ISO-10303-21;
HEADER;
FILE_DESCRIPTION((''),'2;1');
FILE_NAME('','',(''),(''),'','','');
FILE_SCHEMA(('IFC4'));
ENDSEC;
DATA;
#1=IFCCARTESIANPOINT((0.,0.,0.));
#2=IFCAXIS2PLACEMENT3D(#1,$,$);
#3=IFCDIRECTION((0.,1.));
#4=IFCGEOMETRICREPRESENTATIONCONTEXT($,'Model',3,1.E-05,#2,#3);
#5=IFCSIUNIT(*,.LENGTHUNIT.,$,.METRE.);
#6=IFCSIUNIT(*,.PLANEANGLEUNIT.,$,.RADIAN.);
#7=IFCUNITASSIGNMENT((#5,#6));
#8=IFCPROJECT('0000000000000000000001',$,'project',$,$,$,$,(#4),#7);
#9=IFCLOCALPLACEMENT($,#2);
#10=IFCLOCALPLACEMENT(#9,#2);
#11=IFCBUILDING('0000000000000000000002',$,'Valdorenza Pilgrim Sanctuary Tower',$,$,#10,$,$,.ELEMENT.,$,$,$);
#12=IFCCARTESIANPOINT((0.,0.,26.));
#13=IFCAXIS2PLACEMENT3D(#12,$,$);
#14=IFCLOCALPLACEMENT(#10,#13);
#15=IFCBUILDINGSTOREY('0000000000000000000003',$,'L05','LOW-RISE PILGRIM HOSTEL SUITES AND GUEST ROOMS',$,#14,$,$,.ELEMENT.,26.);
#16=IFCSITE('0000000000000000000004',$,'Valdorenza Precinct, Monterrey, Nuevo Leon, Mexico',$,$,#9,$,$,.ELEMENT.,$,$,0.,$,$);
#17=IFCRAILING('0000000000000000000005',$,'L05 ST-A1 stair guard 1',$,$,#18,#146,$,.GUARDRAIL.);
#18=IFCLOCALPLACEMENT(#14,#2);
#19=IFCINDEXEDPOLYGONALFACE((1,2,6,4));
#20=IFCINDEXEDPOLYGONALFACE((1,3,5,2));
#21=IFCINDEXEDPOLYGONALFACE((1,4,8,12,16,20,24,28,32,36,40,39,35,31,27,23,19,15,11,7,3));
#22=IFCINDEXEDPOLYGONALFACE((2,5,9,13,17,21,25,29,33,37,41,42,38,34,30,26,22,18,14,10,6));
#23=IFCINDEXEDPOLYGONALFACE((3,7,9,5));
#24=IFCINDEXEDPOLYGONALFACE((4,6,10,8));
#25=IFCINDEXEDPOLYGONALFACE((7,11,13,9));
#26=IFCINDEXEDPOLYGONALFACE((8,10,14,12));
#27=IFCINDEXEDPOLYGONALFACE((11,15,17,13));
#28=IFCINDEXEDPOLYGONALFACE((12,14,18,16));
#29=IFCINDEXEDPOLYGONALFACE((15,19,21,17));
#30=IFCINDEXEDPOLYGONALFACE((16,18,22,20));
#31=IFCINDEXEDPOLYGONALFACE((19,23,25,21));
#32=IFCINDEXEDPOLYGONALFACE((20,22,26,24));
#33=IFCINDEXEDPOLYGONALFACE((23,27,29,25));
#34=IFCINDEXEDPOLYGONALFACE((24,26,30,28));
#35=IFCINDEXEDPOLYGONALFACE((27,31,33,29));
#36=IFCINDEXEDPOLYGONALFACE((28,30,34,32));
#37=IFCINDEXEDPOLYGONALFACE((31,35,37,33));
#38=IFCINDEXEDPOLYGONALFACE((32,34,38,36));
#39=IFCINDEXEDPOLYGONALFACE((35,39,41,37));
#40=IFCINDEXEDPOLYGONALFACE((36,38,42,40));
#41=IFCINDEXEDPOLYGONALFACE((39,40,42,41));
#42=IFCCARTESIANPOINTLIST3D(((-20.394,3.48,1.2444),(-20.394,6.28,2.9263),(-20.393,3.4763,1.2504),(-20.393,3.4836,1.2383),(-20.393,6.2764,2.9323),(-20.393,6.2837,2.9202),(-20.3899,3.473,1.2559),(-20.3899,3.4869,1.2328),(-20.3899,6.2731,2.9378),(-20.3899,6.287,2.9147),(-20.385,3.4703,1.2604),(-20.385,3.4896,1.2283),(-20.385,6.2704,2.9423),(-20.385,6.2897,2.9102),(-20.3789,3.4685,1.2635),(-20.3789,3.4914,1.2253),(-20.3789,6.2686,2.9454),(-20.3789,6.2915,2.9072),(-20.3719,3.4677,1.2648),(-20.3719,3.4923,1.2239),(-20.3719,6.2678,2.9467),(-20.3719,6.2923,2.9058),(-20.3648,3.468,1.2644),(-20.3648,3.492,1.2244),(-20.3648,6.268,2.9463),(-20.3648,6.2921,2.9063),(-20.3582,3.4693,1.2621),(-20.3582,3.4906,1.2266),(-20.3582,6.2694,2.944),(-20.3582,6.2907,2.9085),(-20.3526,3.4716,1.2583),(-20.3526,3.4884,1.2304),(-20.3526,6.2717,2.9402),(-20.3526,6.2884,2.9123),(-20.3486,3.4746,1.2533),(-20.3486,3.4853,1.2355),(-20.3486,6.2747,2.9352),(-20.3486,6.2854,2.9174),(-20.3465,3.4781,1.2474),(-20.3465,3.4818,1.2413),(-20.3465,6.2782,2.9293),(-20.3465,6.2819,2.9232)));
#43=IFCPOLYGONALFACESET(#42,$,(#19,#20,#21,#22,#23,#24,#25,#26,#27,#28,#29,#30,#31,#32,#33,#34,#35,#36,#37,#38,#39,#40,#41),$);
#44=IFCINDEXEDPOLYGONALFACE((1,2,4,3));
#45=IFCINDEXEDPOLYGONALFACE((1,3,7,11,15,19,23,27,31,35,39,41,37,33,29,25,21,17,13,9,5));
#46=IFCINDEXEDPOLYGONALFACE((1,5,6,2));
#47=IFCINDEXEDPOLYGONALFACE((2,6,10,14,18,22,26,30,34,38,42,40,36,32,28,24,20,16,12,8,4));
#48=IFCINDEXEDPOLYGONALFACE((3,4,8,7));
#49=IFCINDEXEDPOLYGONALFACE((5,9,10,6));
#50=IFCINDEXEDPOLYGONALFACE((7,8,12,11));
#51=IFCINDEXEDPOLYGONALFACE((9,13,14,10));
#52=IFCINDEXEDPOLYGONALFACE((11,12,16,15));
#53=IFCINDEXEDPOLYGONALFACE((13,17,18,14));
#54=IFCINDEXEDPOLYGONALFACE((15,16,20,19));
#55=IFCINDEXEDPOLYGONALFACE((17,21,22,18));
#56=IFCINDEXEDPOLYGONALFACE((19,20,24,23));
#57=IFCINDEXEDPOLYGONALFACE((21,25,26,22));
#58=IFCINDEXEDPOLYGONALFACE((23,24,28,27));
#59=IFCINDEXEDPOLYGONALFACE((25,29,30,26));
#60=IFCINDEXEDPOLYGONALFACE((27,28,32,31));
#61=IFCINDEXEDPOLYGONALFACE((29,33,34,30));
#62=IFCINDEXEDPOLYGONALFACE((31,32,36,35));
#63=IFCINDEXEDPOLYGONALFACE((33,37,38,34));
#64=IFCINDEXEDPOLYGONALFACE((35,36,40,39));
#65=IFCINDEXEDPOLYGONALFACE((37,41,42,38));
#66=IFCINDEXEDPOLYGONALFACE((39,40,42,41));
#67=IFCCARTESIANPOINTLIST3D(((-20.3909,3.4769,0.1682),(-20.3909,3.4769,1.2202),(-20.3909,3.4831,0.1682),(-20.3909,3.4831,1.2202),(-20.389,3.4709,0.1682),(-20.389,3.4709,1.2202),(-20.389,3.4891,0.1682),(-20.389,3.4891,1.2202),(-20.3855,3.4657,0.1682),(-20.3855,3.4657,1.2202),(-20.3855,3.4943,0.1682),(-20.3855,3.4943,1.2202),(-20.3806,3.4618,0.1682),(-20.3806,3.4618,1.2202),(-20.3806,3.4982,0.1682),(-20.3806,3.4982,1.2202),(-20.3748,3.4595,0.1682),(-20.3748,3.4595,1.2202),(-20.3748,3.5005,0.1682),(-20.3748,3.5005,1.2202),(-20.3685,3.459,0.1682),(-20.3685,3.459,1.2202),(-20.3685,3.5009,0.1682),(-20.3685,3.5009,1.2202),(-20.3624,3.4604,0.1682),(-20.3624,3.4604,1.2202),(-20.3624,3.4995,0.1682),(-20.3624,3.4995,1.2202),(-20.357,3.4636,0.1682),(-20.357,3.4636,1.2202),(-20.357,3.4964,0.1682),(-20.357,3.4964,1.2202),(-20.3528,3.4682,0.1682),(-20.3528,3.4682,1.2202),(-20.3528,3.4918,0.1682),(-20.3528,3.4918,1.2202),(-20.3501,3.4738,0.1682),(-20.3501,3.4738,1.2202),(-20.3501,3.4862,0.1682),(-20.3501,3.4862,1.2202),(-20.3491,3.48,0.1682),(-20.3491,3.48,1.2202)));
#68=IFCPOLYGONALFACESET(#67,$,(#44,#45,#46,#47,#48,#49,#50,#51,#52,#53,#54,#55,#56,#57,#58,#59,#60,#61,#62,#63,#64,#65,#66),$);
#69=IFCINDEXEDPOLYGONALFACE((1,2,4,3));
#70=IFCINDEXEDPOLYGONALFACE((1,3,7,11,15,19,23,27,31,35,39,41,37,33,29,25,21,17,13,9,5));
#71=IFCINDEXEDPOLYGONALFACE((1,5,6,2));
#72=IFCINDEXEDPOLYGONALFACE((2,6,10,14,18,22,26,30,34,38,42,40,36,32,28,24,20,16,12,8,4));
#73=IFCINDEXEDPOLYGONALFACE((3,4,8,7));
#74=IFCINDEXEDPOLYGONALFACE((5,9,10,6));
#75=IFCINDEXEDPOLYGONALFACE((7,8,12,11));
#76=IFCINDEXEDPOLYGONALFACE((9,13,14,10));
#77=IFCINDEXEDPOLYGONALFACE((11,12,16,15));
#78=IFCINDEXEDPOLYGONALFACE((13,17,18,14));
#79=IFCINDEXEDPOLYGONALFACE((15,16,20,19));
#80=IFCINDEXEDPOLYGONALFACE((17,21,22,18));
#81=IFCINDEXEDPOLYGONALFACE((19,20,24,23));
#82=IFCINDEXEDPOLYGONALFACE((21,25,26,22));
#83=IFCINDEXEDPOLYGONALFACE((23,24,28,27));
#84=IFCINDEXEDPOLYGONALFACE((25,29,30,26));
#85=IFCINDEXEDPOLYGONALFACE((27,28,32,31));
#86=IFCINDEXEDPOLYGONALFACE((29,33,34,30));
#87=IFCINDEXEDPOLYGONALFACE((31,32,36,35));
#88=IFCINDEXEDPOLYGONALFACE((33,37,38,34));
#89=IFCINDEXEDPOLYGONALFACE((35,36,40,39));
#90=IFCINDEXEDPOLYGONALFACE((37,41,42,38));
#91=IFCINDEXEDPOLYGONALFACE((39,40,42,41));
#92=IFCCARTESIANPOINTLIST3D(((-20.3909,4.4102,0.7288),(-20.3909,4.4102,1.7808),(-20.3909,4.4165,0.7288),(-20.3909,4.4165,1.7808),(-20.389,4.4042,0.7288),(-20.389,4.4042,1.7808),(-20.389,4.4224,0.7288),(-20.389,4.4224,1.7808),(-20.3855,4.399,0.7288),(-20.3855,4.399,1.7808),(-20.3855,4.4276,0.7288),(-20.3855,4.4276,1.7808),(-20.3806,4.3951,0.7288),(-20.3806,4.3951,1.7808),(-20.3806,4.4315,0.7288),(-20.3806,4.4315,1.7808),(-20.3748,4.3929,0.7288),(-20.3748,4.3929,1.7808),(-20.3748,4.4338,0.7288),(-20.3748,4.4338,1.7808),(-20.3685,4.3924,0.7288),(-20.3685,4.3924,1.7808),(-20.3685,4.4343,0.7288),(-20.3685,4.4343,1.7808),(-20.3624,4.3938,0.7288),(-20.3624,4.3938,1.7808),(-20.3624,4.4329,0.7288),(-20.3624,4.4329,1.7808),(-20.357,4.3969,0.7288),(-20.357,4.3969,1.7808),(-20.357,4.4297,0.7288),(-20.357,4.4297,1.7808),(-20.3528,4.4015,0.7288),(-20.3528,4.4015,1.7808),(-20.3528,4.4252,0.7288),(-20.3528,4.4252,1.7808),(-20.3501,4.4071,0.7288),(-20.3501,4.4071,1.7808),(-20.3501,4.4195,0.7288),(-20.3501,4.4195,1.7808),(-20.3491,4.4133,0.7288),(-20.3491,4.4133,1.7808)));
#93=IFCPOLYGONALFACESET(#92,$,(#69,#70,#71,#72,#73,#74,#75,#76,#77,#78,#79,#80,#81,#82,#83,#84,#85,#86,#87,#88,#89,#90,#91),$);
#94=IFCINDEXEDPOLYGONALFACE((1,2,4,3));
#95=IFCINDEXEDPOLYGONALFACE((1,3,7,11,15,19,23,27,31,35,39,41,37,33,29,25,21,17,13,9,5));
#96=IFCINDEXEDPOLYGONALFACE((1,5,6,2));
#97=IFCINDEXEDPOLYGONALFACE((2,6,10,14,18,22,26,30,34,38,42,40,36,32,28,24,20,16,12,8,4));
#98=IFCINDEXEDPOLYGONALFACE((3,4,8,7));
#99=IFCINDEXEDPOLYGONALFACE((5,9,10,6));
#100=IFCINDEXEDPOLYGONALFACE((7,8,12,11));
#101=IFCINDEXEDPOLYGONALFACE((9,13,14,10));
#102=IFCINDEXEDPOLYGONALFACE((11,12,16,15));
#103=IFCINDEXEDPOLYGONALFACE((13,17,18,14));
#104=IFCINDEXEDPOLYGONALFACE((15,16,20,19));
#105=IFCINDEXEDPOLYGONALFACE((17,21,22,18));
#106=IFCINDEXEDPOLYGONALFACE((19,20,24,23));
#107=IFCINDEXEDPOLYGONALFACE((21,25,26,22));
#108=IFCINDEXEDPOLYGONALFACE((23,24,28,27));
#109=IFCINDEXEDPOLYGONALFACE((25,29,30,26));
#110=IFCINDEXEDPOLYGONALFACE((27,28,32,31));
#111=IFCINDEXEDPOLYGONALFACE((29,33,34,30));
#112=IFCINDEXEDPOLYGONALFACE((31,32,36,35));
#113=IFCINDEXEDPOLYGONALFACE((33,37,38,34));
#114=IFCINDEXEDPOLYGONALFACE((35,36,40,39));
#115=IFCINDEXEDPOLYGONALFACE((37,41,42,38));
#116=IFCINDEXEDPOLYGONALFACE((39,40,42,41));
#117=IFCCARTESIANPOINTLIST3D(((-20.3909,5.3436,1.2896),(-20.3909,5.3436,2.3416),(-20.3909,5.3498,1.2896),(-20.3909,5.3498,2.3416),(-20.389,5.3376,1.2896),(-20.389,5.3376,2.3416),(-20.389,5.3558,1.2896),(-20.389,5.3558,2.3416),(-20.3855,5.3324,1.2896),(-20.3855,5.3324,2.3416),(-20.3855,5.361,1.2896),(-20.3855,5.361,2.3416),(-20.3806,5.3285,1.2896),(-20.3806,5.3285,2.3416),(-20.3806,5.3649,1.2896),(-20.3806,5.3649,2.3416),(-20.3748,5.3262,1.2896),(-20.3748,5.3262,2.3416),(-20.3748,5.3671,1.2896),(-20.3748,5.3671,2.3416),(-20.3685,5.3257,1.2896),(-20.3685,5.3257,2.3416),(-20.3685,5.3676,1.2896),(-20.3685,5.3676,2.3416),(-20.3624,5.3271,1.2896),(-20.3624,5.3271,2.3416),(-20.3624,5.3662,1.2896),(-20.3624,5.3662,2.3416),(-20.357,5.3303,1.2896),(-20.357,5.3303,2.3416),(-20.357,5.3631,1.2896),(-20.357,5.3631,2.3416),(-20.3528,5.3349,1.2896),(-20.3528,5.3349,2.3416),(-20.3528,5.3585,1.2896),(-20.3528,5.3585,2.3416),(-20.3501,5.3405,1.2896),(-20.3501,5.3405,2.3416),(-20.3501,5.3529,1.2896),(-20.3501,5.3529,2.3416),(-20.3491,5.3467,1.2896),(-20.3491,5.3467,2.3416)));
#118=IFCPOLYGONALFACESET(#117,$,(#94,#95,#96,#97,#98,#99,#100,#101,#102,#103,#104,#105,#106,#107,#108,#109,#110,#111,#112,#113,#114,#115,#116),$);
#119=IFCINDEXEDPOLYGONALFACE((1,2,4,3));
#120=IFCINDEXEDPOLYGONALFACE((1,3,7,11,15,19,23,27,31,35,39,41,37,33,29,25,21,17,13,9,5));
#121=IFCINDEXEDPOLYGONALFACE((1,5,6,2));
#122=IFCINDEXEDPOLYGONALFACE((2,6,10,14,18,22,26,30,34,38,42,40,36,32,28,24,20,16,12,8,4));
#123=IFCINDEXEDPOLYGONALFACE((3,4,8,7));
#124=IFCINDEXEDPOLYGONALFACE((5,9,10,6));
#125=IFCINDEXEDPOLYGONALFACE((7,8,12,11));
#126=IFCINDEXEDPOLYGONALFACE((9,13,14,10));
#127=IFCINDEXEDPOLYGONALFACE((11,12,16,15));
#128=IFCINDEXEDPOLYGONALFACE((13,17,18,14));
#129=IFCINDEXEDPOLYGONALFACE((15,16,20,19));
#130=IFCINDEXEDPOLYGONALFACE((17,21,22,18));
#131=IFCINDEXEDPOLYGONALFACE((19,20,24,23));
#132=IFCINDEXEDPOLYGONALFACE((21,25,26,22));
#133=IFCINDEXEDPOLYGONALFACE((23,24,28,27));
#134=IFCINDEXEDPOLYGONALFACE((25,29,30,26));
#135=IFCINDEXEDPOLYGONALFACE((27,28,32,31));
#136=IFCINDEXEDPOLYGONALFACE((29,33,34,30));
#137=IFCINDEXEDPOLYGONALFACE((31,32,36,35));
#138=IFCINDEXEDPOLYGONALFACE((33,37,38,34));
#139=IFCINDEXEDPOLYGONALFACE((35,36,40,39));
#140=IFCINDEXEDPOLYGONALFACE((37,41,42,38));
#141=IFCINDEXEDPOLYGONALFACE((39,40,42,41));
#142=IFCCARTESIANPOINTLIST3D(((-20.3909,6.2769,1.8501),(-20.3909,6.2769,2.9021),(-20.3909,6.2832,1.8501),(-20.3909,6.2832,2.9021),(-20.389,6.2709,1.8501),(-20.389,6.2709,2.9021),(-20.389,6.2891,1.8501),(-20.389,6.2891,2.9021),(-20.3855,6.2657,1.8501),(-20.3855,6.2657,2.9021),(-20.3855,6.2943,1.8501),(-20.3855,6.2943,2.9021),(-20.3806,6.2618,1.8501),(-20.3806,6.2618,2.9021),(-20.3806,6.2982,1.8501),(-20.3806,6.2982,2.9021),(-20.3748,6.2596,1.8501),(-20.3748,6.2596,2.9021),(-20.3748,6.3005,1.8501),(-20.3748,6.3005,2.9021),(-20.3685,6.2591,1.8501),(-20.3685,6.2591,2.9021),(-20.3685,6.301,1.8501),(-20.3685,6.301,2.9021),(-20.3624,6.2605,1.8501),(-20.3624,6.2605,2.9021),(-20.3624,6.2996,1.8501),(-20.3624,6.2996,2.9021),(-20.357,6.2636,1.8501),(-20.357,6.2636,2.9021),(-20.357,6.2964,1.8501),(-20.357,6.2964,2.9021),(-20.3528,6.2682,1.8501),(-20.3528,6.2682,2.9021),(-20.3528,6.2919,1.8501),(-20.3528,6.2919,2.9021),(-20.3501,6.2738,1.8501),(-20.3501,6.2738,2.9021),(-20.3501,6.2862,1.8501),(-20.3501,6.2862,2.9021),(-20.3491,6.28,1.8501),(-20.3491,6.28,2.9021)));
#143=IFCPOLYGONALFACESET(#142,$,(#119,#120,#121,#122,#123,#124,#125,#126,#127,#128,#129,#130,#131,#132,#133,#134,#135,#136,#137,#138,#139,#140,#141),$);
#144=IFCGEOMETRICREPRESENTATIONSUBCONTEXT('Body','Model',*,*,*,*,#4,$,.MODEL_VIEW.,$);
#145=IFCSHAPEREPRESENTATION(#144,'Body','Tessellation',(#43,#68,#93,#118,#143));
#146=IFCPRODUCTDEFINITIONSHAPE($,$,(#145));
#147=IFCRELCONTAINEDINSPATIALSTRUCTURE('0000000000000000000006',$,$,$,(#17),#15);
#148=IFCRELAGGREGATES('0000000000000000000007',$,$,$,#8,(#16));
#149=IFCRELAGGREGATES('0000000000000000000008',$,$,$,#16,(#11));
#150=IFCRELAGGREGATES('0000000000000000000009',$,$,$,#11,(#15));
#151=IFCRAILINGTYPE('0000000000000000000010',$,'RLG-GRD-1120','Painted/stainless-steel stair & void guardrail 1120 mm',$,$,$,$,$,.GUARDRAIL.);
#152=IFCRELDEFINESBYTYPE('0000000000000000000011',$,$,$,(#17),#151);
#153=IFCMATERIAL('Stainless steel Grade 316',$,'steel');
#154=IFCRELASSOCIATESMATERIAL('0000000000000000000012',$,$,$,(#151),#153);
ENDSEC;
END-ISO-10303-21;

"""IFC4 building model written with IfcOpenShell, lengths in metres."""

from ifc_helpers import new_model, si_unit, direction, frame, origin, origin_2d, place, context, subcontext, project, spatial, circle, extrude, material, type_object, element, save


model = new_model("IFC4")

# Units and contexts
model_context = context("Model", 3, precision=1e-05, world=origin(), true_north=direction((0.0, 1.0)))
body_context = subcontext(model_context, "Body", "Model", "MODEL_VIEW")
ifc_project = project(units=[si_unit("LENGTHUNIT", "METRE"), si_unit("PLANEANGLEUNIT", "RADIAN")], contexts=[model_context])

# Site, building, storey
site_placement = place(None, origin())
site = spatial("IfcSite", under=ifc_project, at=site_placement, Name="Valdorenza Precinct, Monterrey, Nuevo Leon, Mexico", CompositionType="ELEMENT", RefElevation=0.0)
building_placement = place(site_placement, origin())
building = spatial("IfcBuilding", under=site, at=building_placement, Name="Valdorenza Pilgrim Sanctuary Tower", CompositionType="ELEMENT")
storey_placement = place(building_placement, frame((0.0, 0.0, 26.0)))
storey = spatial("IfcBuildingStorey", under=building, at=storey_placement, Name="L05", Description="LOW-RISE PILGRIM HOSTEL SUITES AND GUEST ROOMS", CompositionType="ELEMENT", Elevation=26.0)

# Railing
ifc_material_1 = material(Name="Stainless steel Grade 316", Category="steel")
railing_type_1 = type_object("IfcRailingType", Name="RLG-GRD-1120", Description="Painted/stainless-steel stair & void guardrail 1120 mm", PredefinedType="GUARDRAIL", material=ifc_material_1)
railing_1_placement = place(storey_placement, frame((-20.3701, 3.48, 0.1682)))
element("IfcRailing", 1, at=railing_1_placement, inside=storey, type_object=railing_type_1, Name="L05 ST-A1 stair guard 1", PredefinedType="GUARDRAIL", context=body_context, shape_type="SweptSolid", body=[
    extrude(circle(Radius=0.0239, at=origin_2d()), frame((0.0, 0.0, 1.0762), z_axis=(0.0, 0.857242, 0.514913), x_axis=(-1.0, 0.0, 0.0)), (0.0, 0.0, 1.0), 3.2664),
    extrude(circle(Radius=0.021, at=origin_2d()), origin(), (0.0, 0.0, 1.0), 1.052),
    extrude(circle(Radius=0.021, at=origin_2d()), frame((0.0, 0.9333, 0.5605)), (0.0, 0.0, 1.0), 1.052),
    extrude(circle(Radius=0.021, at=origin_2d()), frame((0.0, 1.8667, 1.1213)), (0.0, 0.0, 1.0), 1.052),
    extrude(circle(Radius=0.021, at=origin_2d()), frame((0.0, 2.8, 1.6819)), (0.0, 0.0, 1.0), 1.052),
])

save(model, "model.ifc")
